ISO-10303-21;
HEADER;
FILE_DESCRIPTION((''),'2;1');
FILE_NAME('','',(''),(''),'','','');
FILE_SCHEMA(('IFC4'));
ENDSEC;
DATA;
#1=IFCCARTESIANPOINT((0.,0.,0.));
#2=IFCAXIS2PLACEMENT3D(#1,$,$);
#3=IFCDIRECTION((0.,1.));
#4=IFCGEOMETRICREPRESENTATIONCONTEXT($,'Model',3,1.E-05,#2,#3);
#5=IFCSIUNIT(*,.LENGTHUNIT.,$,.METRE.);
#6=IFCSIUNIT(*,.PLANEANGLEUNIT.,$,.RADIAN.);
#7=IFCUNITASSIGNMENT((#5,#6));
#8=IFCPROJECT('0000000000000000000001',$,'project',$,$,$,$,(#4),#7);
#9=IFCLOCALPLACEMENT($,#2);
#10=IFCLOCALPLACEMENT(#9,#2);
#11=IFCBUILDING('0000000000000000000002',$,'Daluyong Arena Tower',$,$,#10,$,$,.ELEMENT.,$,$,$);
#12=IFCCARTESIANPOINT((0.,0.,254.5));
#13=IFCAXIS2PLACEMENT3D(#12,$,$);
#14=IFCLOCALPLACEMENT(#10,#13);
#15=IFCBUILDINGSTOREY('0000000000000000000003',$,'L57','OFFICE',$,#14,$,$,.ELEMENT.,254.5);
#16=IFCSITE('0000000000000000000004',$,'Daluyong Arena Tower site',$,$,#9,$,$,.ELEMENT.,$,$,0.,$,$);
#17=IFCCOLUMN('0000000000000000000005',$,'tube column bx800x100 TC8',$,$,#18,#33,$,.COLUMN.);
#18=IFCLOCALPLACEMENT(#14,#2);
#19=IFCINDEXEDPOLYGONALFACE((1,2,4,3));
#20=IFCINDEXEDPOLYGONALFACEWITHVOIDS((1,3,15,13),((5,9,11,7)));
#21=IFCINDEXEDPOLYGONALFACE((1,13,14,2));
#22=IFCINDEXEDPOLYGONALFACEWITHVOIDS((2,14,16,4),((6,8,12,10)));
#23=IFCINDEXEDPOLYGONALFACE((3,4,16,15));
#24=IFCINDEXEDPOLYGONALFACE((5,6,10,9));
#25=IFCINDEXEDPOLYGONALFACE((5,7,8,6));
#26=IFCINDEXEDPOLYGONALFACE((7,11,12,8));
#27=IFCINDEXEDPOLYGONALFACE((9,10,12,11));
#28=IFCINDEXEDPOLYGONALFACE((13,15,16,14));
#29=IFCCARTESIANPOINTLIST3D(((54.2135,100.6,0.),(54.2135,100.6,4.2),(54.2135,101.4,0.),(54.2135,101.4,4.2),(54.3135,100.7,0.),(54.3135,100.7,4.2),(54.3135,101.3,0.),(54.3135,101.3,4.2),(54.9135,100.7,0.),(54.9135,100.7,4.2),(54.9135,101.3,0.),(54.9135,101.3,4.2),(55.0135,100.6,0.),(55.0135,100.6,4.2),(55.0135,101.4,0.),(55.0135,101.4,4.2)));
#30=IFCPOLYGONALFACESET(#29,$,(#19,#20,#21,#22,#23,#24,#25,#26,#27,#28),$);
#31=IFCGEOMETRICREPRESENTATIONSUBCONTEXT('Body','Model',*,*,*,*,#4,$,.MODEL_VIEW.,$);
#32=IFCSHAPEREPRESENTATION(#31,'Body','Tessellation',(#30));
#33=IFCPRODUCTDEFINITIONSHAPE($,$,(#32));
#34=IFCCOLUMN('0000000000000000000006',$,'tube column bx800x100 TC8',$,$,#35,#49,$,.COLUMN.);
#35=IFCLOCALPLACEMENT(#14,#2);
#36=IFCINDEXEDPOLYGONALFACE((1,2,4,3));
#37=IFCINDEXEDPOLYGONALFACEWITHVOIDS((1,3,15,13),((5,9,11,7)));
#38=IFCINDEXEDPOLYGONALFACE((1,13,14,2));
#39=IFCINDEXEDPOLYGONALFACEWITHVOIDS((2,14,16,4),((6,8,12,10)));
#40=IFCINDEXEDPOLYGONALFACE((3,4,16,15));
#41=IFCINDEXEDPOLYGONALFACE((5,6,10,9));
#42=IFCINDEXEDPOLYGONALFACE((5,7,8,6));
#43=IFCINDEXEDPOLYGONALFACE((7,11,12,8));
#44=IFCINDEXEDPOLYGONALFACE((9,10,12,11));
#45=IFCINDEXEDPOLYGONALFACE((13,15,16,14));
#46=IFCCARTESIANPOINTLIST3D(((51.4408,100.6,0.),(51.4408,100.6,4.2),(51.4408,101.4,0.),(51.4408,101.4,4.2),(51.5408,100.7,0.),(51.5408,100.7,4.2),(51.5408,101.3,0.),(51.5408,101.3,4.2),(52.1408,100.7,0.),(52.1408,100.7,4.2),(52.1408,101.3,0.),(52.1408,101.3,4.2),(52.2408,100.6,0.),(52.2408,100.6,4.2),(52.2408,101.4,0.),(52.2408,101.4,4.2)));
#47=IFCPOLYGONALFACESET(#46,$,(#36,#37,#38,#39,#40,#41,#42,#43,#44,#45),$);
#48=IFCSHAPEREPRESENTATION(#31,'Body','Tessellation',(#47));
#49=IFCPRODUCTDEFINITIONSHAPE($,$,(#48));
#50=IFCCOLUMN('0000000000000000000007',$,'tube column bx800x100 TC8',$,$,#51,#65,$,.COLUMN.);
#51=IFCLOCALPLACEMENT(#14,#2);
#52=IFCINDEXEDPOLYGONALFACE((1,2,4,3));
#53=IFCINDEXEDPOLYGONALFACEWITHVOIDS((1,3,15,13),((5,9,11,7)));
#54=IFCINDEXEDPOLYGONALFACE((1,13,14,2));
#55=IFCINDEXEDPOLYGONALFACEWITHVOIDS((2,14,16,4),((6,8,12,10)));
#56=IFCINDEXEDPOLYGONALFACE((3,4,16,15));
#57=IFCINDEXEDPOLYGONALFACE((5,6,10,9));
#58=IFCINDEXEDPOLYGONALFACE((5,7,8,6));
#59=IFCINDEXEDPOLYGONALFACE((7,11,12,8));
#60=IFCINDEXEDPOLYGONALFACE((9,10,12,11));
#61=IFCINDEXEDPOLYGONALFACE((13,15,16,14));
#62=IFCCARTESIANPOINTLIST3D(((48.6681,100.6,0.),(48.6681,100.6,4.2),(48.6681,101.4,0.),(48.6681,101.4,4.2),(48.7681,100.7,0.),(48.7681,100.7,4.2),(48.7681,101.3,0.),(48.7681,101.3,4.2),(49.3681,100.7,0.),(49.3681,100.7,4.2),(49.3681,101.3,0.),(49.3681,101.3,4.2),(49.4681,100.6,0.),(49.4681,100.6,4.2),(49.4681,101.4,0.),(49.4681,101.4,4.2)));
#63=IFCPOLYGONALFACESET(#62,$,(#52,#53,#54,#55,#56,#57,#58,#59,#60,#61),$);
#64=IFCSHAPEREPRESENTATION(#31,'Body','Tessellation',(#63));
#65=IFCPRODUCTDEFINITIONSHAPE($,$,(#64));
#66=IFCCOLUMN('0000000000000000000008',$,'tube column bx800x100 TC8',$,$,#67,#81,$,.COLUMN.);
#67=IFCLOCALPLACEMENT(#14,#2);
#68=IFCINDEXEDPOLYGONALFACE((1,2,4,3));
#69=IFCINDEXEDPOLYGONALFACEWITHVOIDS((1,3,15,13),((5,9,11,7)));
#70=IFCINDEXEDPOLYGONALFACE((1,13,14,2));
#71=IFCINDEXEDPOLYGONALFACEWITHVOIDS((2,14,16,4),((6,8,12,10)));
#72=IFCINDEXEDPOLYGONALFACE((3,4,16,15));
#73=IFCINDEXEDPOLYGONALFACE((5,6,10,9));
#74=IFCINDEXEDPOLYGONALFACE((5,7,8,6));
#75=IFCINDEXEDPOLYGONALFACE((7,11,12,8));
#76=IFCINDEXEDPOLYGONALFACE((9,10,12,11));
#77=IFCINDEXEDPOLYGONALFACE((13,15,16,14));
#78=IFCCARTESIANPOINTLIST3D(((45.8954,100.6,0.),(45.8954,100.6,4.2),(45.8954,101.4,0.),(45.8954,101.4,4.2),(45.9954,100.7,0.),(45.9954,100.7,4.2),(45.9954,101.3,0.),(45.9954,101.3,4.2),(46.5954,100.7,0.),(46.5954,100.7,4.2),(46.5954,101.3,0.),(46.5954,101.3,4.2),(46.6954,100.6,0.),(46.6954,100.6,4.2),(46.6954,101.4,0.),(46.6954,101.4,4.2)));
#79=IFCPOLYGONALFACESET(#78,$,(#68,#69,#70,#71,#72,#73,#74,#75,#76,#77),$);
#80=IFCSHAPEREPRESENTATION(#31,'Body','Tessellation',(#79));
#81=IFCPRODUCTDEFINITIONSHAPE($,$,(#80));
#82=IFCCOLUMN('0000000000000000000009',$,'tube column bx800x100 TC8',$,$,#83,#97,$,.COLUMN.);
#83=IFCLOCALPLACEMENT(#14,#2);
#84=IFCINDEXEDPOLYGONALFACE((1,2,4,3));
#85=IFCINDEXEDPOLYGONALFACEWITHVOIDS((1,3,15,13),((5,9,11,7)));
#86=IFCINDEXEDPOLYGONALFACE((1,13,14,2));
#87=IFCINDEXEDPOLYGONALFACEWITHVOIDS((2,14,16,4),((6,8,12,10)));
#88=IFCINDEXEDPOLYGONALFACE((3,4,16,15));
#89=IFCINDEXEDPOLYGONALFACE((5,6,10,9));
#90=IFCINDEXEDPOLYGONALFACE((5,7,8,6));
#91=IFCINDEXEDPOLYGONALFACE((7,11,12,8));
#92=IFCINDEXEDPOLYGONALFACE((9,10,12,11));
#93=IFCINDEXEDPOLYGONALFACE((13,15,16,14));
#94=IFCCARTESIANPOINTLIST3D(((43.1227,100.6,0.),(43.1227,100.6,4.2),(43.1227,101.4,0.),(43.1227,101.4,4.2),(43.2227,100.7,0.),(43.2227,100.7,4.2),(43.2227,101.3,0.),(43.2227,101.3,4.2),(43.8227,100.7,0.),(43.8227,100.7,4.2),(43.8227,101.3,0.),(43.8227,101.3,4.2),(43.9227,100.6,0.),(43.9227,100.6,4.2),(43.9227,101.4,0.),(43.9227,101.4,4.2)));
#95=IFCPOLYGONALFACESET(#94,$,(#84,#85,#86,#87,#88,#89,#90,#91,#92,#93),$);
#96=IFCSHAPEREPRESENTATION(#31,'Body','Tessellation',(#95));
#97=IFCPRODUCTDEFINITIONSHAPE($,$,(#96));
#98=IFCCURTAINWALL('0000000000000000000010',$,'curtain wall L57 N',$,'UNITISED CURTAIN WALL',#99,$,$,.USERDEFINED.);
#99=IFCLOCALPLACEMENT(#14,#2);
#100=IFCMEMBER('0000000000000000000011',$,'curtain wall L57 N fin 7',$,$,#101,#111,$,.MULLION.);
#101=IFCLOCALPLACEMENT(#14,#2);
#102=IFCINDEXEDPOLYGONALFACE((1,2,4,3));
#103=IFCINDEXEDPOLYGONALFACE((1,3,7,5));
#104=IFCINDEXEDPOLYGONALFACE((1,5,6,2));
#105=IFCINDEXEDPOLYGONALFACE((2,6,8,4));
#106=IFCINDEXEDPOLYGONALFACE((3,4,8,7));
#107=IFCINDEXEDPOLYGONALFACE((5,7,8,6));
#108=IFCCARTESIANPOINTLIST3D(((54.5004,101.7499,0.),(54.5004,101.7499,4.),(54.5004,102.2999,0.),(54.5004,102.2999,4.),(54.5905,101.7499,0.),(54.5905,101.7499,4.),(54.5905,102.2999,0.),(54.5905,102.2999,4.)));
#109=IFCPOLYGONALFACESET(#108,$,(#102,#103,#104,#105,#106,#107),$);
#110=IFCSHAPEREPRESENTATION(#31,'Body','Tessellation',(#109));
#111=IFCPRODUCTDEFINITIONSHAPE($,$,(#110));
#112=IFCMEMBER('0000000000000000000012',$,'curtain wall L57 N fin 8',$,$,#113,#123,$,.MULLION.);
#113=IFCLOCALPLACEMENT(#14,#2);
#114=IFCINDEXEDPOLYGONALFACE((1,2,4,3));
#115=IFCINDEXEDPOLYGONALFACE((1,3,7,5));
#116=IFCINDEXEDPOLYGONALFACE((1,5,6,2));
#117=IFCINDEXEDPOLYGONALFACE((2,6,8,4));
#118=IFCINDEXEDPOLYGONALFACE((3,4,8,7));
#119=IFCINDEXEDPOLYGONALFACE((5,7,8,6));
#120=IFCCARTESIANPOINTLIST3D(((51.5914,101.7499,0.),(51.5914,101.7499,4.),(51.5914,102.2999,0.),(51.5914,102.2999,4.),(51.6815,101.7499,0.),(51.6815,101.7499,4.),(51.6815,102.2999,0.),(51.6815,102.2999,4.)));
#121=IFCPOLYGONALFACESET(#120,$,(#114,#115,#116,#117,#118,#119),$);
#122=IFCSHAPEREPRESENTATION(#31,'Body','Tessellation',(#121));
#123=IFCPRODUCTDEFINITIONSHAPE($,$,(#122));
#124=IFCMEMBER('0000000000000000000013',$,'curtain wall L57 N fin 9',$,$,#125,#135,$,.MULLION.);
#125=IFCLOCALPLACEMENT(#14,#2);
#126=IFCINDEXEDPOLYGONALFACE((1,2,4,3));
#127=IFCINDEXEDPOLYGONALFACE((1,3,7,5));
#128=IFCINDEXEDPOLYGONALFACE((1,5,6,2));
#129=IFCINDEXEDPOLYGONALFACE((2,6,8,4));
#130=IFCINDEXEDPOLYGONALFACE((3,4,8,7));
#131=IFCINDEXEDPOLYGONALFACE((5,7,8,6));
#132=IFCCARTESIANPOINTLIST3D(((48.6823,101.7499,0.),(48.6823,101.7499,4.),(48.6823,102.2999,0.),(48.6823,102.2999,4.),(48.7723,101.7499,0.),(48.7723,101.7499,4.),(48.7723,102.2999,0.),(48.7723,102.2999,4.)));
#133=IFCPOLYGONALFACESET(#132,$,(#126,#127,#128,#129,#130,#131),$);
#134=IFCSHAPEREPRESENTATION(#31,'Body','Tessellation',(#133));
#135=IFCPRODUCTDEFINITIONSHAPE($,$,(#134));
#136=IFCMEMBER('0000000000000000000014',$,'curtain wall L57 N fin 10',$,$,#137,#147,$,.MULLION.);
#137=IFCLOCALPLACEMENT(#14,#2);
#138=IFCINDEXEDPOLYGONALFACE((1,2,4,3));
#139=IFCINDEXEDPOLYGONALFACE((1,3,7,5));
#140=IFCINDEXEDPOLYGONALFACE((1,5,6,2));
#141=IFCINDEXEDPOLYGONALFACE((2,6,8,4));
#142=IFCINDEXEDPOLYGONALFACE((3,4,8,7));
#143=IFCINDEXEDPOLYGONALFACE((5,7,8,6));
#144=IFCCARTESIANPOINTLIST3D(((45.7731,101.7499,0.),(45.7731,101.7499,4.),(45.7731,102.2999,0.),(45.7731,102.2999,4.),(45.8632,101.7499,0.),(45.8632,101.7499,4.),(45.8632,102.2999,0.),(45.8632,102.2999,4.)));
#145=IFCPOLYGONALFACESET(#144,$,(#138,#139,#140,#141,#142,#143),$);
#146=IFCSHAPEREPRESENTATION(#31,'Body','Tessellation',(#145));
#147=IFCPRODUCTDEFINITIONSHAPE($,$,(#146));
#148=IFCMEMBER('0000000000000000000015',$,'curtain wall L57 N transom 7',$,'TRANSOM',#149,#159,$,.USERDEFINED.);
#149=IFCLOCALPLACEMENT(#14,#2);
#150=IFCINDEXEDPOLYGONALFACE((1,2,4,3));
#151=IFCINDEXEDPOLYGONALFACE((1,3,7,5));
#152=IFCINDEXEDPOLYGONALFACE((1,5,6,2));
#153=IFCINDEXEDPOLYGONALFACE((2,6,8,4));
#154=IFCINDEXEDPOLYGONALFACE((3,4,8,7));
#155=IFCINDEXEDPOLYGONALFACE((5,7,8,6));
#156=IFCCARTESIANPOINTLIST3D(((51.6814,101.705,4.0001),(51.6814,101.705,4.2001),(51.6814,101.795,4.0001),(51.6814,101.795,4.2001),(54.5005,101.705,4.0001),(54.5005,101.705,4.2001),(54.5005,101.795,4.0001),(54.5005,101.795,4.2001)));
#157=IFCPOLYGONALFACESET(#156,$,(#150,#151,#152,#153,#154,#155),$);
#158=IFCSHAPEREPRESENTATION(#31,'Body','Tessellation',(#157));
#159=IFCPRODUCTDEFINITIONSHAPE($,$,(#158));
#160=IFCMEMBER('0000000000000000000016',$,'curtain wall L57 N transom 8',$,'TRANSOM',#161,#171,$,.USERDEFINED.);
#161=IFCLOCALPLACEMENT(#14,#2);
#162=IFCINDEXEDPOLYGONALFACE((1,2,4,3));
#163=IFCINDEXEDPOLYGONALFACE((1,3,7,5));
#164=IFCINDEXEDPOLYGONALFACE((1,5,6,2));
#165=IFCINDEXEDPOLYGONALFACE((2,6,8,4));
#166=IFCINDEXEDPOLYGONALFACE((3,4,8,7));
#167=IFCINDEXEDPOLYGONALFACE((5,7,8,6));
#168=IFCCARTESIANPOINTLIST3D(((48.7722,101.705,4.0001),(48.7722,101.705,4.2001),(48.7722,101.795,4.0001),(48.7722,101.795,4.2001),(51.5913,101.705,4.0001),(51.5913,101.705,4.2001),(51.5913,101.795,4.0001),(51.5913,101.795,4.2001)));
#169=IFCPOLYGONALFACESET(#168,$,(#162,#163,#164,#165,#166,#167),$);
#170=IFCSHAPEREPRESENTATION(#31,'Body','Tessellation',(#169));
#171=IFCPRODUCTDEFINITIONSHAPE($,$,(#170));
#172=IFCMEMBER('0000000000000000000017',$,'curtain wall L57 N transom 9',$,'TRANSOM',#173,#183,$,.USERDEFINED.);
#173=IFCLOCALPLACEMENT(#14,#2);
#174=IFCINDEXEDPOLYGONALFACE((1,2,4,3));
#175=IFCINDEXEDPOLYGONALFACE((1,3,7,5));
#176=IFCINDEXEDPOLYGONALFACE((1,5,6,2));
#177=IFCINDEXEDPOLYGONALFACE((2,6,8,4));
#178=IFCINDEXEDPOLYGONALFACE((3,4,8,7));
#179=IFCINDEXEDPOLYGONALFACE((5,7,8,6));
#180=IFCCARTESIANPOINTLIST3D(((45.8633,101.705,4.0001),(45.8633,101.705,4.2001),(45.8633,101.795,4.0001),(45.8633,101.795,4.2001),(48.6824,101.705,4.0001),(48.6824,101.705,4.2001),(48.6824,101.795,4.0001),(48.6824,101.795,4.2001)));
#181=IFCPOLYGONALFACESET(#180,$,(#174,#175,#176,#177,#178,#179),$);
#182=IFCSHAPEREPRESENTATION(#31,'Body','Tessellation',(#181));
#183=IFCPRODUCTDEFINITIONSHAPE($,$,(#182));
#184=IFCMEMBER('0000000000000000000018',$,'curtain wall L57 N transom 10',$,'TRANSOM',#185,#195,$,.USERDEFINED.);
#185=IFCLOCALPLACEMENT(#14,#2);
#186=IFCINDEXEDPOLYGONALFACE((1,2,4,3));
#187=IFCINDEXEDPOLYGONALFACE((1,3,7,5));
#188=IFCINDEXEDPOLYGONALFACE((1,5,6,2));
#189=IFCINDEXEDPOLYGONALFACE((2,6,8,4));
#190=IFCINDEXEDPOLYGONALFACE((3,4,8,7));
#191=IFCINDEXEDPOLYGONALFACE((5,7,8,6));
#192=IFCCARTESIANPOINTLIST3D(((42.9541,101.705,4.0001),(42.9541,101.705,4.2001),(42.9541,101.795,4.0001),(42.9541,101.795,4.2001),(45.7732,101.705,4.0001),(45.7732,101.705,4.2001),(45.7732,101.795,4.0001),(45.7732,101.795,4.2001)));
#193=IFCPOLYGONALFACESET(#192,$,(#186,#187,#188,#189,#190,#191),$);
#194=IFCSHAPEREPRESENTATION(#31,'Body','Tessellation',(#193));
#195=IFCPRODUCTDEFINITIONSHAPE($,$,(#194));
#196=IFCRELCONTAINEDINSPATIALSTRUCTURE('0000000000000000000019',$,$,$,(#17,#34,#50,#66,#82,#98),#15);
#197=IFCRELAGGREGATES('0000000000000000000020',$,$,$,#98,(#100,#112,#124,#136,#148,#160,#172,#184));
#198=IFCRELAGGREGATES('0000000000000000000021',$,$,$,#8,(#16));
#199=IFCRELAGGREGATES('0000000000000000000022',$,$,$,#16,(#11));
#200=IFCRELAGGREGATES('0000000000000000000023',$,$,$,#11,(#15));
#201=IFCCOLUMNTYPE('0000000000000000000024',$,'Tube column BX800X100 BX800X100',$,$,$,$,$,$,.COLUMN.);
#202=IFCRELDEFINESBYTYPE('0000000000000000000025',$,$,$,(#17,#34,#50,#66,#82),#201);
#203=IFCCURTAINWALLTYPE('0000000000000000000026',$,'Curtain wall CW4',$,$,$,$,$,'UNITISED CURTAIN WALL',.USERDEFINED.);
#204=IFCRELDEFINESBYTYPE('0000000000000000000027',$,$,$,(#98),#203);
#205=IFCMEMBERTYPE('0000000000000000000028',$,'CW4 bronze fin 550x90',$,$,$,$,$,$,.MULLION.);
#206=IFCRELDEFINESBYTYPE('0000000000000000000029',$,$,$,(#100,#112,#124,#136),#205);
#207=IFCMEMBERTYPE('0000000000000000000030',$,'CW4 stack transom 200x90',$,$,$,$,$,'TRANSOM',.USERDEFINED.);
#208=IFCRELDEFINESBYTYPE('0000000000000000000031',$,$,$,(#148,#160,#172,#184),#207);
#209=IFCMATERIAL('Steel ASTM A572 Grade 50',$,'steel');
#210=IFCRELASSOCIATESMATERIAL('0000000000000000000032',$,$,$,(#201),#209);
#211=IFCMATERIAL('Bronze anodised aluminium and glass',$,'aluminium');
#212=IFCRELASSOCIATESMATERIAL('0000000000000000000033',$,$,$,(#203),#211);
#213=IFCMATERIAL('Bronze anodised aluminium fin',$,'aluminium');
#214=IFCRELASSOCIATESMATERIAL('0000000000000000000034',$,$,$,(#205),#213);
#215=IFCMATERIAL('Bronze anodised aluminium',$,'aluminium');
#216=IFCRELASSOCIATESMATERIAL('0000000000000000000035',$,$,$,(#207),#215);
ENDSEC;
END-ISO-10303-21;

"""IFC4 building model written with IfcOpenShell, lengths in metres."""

from ifc_helpers import new_model, si_unit, direction, frame, origin, origin_2d, place, context, subcontext, project, spatial, rectangle, hollow_rectangle, extrude, material, material_profile, profile_set, type_object, element, aggregate, save


model = new_model("IFC4")

# Units and contexts
model_context = context("Model", 3, precision=1e-05, world=origin(), true_north=direction((0.0, 1.0)))
body_context = subcontext(model_context, "Body", "Model", "MODEL_VIEW")
ifc_project = project(units=[si_unit("LENGTHUNIT", "METRE"), si_unit("PLANEANGLEUNIT", "RADIAN")], contexts=[model_context])

# Site, building, storey
site_placement = place(None, origin())
site = spatial("IfcSite", under=ifc_project, at=site_placement, Name="Daluyong Arena Tower site", CompositionType="ELEMENT", RefElevation=0.0)
building_placement = place(site_placement, origin())
building = spatial("IfcBuilding", under=site, at=building_placement, Name="Daluyong Arena Tower", CompositionType="ELEMENT")
storey_placement = place(building_placement, frame((0.0, 0.0, 254.5)))
storey = spatial("IfcBuildingStorey", under=building, at=storey_placement, Name="L57", Description="OFFICE", CompositionType="ELEMENT", Elevation=254.5)

# Columns
ifc_material_1 = material(Name="Steel ASTM A572 Grade 50", Category="steel")
ifc_material_profile_1 = material_profile(ifc_material_1, hollow_rectangle(XDim=0.8, YDim=0.8, WallThickness=0.1, at=origin_2d()))
ifc_profile_set_1 = profile_set([ifc_material_profile_1], Name="Steel ASTM A572 Grade 50")
column_type = type_object("IfcColumnType", Name="Tube column BX800X100 BX800X100", PredefinedType="COLUMN", material=ifc_profile_set_1)
for number, where, z_axis, x_axis, name in (
    (1, (54.6135, 101.0, 0.0), (0.0, 0.0, 1.0), (1.0, 0.0, 0.0), "tube column bx800x100 TC8"),
    (2, (51.8408, 101.0, 0.0), (0.0, 0.0, 1.0), (1.0, 0.0, 0.0), "tube column bx800x100 TC8"),
    (3, (49.0681, 101.0, 0.0), (0.0, 0.0, 1.0), (1.0, 0.0, 0.0), "tube column bx800x100 TC8"),
    (4, (46.2954, 101.0, 0.0), (0.0, 0.0, 1.0), (1.0, 0.0, 0.0), "tube column bx800x100 TC8"),
    (5, (43.5227, 101.0, 0.0), (0.0, 0.0, 1.0), (1.0, 0.0, 0.0), "tube column bx800x100 TC8"),
):
    element("IfcColumn", number, at=place(storey_placement, frame(where, z_axis=z_axis, x_axis=x_axis)), inside=storey, type_object=column_type, Name=name, PredefinedType="COLUMN", context=body_context, shape_type="SweptSolid", body=[
        extrude(hollow_rectangle(XDim=0.8, YDim=0.8, WallThickness=0.1, at=origin_2d()), origin(), (0.0, 0.0, 1.0), 4.2),
    ])

# Curtain wall, members
ifc_material_2 = material(Name="Bronze anodised aluminium and glass", Category="aluminium")
curtain_wall_type = type_object("IfcCurtainWallType", Name="Curtain wall CW4", ElementType="UNITISED CURTAIN WALL", PredefinedType="USERDEFINED", material=ifc_material_2)
curtain_wall_placement = place(storey_placement, origin())
curtain_wall = element("IfcCurtainWall", 6, at=curtain_wall_placement, inside=storey, type_object=curtain_wall_type, Name="curtain wall L57 N", ObjectType="UNITISED CURTAIN WALL", PredefinedType="USERDEFINED")
ifc_material_3 = material(Name="Bronze anodised aluminium fin", Category="aluminium")
ifc_material_profile_2 = material_profile(ifc_material_3, rectangle(XDim=0.55, YDim=0.0901, at=origin_2d()))
ifc_profile_set_2 = profile_set([ifc_material_profile_2], Name="Bronze anodised aluminium fin")
member_type_1 = type_object("IfcMemberType", Name="CW4 bronze fin 550x90", PredefinedType="MULLION", material=ifc_profile_set_2)
member_1_placement = place(storey_placement, frame((54.5454, 102.0249, 0.0), z_axis=(0.0, 0.0, 1.0), x_axis=(0.0, -1.0, 0.0)))
member_1 = element("IfcMember", 7, at=member_1_placement, type_object=member_type_1, Name="curtain wall L57 N fin 7", PredefinedType="MULLION", context=body_context, shape_type="SweptSolid", body=[
    extrude(rectangle(XDim=0.55, YDim=0.0901, at=origin_2d()), origin(), (0.0, 0.0, 1.0), 4.0),
])
member_2_placement = place(storey_placement, frame((51.6365, 102.0249, 0.0), z_axis=(0.0, 0.0, 1.0), x_axis=(0.0, -1.0, 0.0)))
member_2 = element("IfcMember", 8, at=member_2_placement, type_object=member_type_1, Name="curtain wall L57 N fin 8", PredefinedType="MULLION", context=body_context, shape_type="SweptSolid", body=[
    extrude(rectangle(XDim=0.55, YDim=0.0901, at=origin_2d()), origin(), (0.0, 0.0, 1.0), 4.0),
])
member_3_placement = place(storey_placement, frame((48.7273, 102.0249, 0.0), z_axis=(0.0, 0.0, 1.0), x_axis=(0.0, -1.0, 0.0)))
member_3 = element("IfcMember", 9, at=member_3_placement, type_object=member_type_1, Name="curtain wall L57 N fin 9", PredefinedType="MULLION", context=body_context, shape_type="SweptSolid", body=[
    extrude(rectangle(XDim=0.55, YDim=0.0901, at=origin_2d()), origin(), (0.0, 0.0, 1.0), 4.0),
])
member_4_placement = place(storey_placement, frame((45.8181, 102.0249, 0.0), z_axis=(0.0, 0.0, 1.0), x_axis=(0.0, -1.0, 0.0)))
member_4 = element("IfcMember", 10, at=member_4_placement, type_object=member_type_1, Name="curtain wall L57 N fin 10", PredefinedType="MULLION", context=body_context, shape_type="SweptSolid", body=[
    extrude(rectangle(XDim=0.55, YDim=0.0901, at=origin_2d()), origin(), (0.0, 0.0, 1.0), 4.0),
])
ifc_material_4 = material(Name="Bronze anodised aluminium", Category="aluminium")
ifc_material_profile_3 = material_profile(ifc_material_4, rectangle(XDim=0.0901, YDim=0.2, at=origin_2d()))
ifc_profile_set_3 = profile_set([ifc_material_profile_3], Name="Bronze anodised aluminium")
member_type_2 = type_object("IfcMemberType", Name="CW4 stack transom 200x90", ElementType="TRANSOM", PredefinedType="USERDEFINED", material=ifc_profile_set_3)
member_5_placement = place(storey_placement, frame((54.5005, 101.75, 4.1001), z_axis=(-1.0, 0.0, 0.0), x_axis=(0.0, -1.0, 0.0)))
member_5 = element("IfcMember", 11, at=member_5_placement, type_object=member_type_2, Name="curtain wall L57 N transom 7", ObjectType="TRANSOM", PredefinedType="USERDEFINED", context=body_context, shape_type="SweptSolid", body=[
    extrude(rectangle(XDim=0.0901, YDim=0.2, at=origin_2d()), origin(), (0.0, 0.0, 1.0), 2.8191),
])
member_6_placement = place(storey_placement, frame((51.5913, 101.75, 4.1001), z_axis=(-1.0, 0.0, 0.0), x_axis=(0.0, -1.0, 0.0)))
member_6 = element("IfcMember", 12, at=member_6_placement, type_object=member_type_2, Name="curtain wall L57 N transom 8", ObjectType="TRANSOM", PredefinedType="USERDEFINED", context=body_context, shape_type="SweptSolid", body=[
    extrude(rectangle(XDim=0.0901, YDim=0.2, at=origin_2d()), origin(), (0.0, 0.0, 1.0), 2.8191),
])
member_7_placement = place(storey_placement, frame((48.6824, 101.75, 4.1001), z_axis=(-1.0, 0.0, 0.0), x_axis=(0.0, -1.0, 0.0)))
member_7 = element("IfcMember", 13, at=member_7_placement, type_object=member_type_2, Name="curtain wall L57 N transom 9", ObjectType="TRANSOM", PredefinedType="USERDEFINED", context=body_context, shape_type="SweptSolid", body=[
    extrude(rectangle(XDim=0.0901, YDim=0.2, at=origin_2d()), origin(), (0.0, 0.0, 1.0), 2.8191),
])
member_8_placement = place(storey_placement, frame((45.7732, 101.75, 4.1001), z_axis=(-1.0, 0.0, 0.0), x_axis=(0.0, -1.0, 0.0)))
member_8 = element("IfcMember", 14, at=member_8_placement, type_object=member_type_2, Name="curtain wall L57 N transom 10", ObjectType="TRANSOM", PredefinedType="USERDEFINED", context=body_context, shape_type="SweptSolid", body=[
    extrude(rectangle(XDim=0.0901, YDim=0.2, at=origin_2d()), origin(), (0.0, 0.0, 1.0), 2.8191),
])

aggregate(curtain_wall, [member_1, member_2, member_3, member_4, member_5, member_6, member_7, member_8])

save(model, "model.ifc")
